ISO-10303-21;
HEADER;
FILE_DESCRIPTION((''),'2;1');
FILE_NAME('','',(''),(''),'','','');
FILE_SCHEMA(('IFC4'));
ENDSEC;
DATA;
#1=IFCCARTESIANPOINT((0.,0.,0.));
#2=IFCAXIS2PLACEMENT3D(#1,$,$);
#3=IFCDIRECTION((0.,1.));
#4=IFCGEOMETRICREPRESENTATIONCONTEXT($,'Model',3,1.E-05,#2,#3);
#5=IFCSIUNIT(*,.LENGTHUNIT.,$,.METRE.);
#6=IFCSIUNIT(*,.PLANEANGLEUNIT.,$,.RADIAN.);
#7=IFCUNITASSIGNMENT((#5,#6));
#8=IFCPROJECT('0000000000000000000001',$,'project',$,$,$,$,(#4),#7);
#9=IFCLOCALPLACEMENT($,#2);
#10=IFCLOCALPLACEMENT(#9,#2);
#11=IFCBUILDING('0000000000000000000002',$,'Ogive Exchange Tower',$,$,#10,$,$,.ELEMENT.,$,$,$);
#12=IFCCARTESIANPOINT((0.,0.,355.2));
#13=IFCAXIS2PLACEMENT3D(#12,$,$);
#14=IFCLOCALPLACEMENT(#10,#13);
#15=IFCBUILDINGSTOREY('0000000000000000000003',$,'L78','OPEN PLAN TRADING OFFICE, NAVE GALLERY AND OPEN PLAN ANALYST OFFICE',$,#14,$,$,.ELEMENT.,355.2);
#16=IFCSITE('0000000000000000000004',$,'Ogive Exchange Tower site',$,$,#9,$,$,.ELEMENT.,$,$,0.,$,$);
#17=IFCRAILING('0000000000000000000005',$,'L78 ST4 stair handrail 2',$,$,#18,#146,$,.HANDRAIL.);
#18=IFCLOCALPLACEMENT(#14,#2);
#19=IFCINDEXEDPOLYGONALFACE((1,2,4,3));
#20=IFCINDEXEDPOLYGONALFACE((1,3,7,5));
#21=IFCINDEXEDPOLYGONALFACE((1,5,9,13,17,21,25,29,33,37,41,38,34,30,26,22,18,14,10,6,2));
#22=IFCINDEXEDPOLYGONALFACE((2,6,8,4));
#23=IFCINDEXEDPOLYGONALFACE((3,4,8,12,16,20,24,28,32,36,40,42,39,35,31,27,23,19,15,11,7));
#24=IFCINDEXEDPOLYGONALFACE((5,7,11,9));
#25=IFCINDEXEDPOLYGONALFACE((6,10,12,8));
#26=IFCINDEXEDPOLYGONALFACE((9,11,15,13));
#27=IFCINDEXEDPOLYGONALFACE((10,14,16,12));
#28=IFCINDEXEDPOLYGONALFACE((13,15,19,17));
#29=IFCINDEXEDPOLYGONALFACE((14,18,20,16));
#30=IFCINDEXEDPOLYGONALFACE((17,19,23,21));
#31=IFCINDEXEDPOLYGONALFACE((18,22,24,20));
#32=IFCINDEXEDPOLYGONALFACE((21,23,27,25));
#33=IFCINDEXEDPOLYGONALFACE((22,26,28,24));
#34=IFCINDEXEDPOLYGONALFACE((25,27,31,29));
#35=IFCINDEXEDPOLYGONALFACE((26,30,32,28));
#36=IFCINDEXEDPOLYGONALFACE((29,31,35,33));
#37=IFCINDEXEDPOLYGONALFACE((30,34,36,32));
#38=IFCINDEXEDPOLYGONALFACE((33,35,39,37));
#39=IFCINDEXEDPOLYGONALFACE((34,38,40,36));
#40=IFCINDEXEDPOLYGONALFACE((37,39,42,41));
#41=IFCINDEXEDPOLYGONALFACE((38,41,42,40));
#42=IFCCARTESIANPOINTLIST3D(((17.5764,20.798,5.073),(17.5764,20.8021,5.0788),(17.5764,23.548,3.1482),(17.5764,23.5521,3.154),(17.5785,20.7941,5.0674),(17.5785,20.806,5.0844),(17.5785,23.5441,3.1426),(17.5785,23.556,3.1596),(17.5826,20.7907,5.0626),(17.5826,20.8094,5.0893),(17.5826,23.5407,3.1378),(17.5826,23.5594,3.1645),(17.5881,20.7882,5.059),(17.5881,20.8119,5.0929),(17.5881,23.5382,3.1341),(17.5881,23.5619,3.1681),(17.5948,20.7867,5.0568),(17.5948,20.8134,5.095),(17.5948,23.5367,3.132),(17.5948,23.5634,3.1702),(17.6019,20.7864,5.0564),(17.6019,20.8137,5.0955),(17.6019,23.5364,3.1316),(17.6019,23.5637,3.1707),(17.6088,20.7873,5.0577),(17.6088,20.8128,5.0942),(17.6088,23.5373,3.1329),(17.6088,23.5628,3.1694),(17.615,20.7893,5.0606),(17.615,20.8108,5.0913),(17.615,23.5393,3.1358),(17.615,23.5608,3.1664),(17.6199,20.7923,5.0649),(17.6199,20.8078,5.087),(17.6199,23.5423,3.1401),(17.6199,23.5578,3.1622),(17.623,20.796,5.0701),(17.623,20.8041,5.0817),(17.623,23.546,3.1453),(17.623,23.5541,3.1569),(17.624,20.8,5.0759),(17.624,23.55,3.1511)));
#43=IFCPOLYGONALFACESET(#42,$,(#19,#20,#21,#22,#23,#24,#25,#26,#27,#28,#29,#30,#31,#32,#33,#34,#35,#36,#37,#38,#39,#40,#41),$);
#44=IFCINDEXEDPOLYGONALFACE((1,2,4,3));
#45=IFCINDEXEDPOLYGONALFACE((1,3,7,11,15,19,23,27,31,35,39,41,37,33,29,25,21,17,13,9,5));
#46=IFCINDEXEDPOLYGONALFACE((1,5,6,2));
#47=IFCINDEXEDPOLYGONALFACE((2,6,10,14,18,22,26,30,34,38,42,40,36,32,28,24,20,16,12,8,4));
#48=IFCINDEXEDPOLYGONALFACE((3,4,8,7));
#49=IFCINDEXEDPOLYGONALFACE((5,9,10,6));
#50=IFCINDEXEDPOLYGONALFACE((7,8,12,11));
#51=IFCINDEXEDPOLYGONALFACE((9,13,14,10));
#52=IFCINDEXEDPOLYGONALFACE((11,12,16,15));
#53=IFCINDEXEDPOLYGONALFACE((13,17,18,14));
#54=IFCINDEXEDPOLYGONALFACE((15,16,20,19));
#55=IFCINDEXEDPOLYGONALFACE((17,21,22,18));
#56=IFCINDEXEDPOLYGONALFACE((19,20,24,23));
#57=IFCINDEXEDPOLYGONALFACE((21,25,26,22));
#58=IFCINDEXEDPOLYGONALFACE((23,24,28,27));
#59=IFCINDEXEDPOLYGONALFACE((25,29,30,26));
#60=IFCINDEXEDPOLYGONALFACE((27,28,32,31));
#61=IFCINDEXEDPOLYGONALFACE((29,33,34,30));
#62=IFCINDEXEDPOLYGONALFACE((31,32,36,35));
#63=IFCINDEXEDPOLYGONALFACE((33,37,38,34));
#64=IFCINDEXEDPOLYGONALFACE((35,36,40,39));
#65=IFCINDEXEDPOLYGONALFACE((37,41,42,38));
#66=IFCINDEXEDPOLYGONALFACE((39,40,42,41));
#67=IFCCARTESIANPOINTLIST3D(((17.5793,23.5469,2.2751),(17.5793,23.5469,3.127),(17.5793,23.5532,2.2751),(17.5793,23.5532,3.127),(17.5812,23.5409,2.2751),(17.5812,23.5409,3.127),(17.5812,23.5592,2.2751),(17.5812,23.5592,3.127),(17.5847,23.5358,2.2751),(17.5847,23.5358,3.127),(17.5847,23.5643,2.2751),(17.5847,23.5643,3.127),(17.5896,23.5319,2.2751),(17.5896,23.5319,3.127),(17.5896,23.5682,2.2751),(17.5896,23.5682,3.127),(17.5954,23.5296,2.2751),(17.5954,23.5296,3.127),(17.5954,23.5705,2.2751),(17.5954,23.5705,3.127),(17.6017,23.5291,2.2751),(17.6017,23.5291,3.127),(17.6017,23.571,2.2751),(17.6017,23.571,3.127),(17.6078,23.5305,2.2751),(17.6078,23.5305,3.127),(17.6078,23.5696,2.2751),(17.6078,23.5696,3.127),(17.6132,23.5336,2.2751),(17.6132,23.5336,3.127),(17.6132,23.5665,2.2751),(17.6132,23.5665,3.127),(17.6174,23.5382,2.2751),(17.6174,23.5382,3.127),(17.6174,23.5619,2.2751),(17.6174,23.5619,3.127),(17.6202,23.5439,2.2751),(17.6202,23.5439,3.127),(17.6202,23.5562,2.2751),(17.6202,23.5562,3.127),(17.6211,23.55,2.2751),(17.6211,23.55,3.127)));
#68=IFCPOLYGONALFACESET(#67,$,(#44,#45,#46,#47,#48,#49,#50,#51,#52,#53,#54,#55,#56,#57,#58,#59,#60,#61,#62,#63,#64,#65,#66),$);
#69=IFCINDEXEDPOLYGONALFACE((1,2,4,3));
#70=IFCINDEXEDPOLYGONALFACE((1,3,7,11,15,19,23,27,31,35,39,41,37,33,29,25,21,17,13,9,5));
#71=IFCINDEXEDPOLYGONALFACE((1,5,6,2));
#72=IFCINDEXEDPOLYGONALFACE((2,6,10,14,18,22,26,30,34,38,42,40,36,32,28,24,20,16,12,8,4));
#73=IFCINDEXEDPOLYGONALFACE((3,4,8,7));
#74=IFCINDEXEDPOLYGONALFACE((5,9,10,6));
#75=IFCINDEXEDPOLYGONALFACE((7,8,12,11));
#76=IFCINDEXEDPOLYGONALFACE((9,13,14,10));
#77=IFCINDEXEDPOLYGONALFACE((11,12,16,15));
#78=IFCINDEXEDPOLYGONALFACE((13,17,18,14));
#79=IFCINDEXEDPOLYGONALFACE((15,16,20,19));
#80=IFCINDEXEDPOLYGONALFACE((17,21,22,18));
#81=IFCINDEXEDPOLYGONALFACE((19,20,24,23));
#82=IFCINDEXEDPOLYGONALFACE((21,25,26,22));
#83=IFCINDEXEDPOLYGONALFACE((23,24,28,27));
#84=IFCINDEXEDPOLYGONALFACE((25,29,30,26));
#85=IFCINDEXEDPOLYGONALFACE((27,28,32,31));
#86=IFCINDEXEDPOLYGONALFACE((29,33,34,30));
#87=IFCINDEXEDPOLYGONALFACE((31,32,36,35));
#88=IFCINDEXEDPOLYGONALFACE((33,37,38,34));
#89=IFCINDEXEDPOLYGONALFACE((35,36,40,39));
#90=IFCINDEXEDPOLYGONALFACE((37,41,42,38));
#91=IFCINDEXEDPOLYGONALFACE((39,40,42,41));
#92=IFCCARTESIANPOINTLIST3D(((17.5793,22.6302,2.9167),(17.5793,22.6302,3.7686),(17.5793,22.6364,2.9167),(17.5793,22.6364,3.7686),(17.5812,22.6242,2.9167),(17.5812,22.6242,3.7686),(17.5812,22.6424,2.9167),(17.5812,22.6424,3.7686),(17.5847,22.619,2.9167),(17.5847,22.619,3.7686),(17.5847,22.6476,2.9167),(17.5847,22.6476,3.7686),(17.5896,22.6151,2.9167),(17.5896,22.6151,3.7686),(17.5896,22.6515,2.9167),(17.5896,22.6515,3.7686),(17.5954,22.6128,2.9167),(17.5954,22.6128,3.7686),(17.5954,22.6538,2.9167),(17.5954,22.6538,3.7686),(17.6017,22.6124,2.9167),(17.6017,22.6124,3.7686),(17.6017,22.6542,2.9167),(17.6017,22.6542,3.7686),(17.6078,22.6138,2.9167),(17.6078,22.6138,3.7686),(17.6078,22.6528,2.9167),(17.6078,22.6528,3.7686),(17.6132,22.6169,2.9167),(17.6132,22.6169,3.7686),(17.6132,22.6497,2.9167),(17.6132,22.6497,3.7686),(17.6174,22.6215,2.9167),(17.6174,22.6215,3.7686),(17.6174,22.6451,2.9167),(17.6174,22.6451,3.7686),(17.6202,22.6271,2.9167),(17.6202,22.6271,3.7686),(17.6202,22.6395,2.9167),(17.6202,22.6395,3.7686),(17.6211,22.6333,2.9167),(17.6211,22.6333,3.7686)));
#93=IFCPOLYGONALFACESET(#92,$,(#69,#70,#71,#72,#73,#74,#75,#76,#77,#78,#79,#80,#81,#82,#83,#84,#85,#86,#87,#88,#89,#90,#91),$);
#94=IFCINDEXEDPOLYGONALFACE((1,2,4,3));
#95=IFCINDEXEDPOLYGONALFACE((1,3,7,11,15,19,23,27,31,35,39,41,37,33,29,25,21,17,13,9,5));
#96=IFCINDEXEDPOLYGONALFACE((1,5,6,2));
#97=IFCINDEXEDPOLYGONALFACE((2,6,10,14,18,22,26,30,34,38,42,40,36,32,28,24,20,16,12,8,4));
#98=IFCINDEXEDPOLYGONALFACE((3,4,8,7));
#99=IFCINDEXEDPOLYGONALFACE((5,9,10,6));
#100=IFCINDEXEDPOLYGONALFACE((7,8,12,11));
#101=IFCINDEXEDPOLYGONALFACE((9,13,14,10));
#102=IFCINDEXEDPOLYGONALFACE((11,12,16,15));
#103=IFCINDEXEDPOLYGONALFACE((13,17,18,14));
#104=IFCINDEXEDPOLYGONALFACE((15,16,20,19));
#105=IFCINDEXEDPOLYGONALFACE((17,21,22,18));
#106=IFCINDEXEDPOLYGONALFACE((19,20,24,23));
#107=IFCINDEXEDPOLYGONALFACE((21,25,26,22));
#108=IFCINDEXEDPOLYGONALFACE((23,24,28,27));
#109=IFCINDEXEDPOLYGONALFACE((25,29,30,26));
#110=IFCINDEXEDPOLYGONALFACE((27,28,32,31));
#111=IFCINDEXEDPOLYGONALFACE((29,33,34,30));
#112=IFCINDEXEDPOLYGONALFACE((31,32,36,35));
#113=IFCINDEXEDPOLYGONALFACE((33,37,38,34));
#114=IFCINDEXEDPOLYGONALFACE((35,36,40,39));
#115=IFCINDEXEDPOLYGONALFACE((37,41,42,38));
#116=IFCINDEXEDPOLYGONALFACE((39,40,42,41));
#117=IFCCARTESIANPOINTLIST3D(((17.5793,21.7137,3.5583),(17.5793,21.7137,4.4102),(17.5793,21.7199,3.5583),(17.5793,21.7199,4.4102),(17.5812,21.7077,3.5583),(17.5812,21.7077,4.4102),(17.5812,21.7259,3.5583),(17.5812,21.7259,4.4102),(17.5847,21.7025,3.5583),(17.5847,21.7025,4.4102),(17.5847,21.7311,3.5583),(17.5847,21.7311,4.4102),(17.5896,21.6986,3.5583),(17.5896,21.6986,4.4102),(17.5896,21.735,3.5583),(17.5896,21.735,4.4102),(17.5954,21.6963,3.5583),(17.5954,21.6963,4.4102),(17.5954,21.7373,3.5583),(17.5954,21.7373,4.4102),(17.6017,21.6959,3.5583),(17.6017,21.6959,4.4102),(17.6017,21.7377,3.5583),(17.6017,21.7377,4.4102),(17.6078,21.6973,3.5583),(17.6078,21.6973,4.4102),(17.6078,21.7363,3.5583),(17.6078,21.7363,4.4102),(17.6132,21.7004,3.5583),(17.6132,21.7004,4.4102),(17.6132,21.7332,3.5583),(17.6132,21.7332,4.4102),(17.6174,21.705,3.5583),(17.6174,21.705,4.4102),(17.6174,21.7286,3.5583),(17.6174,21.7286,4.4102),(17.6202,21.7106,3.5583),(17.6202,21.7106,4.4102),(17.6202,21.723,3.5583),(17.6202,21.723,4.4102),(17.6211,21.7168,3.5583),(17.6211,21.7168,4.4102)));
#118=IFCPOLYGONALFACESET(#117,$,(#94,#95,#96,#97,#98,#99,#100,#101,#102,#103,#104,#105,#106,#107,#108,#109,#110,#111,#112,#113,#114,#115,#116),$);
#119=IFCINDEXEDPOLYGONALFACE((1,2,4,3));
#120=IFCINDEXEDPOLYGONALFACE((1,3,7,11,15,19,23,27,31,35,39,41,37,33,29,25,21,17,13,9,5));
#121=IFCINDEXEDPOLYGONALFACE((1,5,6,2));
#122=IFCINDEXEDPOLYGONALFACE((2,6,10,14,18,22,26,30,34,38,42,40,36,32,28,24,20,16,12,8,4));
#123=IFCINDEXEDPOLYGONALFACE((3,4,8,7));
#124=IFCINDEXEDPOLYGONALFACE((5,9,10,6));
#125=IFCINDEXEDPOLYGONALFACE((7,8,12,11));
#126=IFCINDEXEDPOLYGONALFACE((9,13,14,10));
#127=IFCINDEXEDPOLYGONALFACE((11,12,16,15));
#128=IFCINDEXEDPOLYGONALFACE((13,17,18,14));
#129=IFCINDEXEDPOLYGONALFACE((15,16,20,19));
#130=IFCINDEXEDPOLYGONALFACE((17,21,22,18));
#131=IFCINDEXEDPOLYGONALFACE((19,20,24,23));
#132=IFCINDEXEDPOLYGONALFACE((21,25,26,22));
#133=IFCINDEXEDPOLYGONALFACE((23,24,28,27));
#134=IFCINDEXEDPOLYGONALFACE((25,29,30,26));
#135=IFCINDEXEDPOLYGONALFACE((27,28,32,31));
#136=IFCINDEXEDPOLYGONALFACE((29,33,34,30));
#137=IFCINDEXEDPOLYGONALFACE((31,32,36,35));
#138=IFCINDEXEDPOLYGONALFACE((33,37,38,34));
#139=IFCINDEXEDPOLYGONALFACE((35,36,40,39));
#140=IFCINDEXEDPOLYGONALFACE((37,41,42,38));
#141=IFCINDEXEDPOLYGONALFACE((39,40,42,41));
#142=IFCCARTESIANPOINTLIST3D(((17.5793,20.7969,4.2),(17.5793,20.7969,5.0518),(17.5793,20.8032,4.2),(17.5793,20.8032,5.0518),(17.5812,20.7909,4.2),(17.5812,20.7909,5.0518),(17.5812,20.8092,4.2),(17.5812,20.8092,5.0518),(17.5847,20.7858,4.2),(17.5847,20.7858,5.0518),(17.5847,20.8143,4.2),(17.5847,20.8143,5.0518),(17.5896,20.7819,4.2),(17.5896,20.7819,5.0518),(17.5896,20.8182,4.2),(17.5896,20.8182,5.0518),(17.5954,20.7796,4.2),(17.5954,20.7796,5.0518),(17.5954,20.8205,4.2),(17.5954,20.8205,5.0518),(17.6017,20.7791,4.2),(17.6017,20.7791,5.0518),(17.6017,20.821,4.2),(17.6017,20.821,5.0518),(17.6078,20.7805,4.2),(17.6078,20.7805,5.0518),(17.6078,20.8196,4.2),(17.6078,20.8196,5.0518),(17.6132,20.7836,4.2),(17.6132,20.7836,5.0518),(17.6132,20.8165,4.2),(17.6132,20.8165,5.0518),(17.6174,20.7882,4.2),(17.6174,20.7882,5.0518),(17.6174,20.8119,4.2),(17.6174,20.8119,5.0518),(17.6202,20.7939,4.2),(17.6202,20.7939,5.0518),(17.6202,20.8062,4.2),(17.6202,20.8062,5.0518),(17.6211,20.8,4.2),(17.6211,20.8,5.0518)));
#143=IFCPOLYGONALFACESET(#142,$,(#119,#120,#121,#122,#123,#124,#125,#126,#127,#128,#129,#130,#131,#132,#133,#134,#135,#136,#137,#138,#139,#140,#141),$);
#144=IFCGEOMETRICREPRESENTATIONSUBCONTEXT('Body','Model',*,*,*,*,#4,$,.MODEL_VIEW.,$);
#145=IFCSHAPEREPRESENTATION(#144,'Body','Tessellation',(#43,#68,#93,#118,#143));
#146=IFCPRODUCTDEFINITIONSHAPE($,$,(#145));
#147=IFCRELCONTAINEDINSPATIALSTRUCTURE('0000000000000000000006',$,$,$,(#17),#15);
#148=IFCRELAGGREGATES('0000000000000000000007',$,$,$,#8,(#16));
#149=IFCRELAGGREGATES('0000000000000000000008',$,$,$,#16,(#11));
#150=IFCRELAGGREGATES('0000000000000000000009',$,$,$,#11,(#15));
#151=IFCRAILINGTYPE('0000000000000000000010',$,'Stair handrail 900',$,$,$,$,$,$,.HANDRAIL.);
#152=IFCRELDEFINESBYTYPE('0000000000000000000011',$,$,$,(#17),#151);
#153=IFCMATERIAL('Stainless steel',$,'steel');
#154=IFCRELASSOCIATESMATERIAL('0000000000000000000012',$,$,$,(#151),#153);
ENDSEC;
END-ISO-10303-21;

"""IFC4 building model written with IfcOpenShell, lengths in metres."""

from ifc_helpers import new_model, si_unit, direction, frame, origin, origin_2d, place, context, subcontext, project, spatial, circle, extrude, material, type_object, element, save


model = new_model("IFC4")

# Units and contexts
model_context = context("Model", 3, precision=1e-05, world=origin(), true_north=direction((0.0, 1.0)))
body_context = subcontext(model_context, "Body", "Model", "MODEL_VIEW")
ifc_project = project(units=[si_unit("LENGTHUNIT", "METRE"), si_unit("PLANEANGLEUNIT", "RADIAN")], contexts=[model_context])

# Site, building, storey
site_placement = place(None, origin())
site = spatial("IfcSite", under=ifc_project, at=site_placement, Name="Ogive Exchange Tower site", CompositionType="ELEMENT", RefElevation=0.0)
building_placement = place(site_placement, origin())
building = spatial("IfcBuilding", under=site, at=building_placement, Name="Ogive Exchange Tower", CompositionType="ELEMENT")
storey_placement = place(building_placement, frame((0.0, 0.0, 355.2)))
storey = spatial("IfcBuildingStorey", under=building, at=storey_placement, Name="L78", Description="OPEN PLAN TRADING OFFICE, NAVE GALLERY AND OPEN PLAN ANALYST OFFICE", CompositionType="ELEMENT", Elevation=355.2)

# Railing
ifc_material_1 = material(Name="Stainless steel", Category="steel")
railing_type = type_object("IfcRailingType", Name="Stair handrail 900", PredefinedType="HANDRAIL", material=ifc_material_1)
railing_1_placement = place(storey_placement, frame((17.6001, 23.55, 2.2751)))
element("IfcRailing", 1, at=railing_1_placement, inside=storey, type_object=railing_type, Name="L78 ST4 stair handrail 2", PredefinedType="HANDRAIL", context=body_context, shape_type="SweptSolid", body=[
    extrude(circle(Radius=0.0239, at=origin_2d()), frame((0.0, 0.0, 0.876), z_axis=(0.0, -0.819259, 0.573423), x_axis=(1.0, 0.0, 0.0)), (0.0, 0.0, 1.0), 3.3567),
    extrude(circle(Radius=0.021, at=origin_2d()), origin(), (0.0, 0.0, 1.0), 0.8518),
    extrude(circle(Radius=0.021, at=origin_2d()), frame((0.0, -0.9167, 0.6416)), (0.0, 0.0, 1.0), 0.8518),
    extrude(circle(Radius=0.021, at=origin_2d()), frame((0.0, -1.8333, 1.2832)), (0.0, 0.0, 1.0), 0.8518),
    extrude(circle(Radius=0.021, at=origin_2d()), frame((0.0, -2.75, 1.9248)), (0.0, 0.0, 1.0), 0.8518),
])

save(model, "model.ifc")
